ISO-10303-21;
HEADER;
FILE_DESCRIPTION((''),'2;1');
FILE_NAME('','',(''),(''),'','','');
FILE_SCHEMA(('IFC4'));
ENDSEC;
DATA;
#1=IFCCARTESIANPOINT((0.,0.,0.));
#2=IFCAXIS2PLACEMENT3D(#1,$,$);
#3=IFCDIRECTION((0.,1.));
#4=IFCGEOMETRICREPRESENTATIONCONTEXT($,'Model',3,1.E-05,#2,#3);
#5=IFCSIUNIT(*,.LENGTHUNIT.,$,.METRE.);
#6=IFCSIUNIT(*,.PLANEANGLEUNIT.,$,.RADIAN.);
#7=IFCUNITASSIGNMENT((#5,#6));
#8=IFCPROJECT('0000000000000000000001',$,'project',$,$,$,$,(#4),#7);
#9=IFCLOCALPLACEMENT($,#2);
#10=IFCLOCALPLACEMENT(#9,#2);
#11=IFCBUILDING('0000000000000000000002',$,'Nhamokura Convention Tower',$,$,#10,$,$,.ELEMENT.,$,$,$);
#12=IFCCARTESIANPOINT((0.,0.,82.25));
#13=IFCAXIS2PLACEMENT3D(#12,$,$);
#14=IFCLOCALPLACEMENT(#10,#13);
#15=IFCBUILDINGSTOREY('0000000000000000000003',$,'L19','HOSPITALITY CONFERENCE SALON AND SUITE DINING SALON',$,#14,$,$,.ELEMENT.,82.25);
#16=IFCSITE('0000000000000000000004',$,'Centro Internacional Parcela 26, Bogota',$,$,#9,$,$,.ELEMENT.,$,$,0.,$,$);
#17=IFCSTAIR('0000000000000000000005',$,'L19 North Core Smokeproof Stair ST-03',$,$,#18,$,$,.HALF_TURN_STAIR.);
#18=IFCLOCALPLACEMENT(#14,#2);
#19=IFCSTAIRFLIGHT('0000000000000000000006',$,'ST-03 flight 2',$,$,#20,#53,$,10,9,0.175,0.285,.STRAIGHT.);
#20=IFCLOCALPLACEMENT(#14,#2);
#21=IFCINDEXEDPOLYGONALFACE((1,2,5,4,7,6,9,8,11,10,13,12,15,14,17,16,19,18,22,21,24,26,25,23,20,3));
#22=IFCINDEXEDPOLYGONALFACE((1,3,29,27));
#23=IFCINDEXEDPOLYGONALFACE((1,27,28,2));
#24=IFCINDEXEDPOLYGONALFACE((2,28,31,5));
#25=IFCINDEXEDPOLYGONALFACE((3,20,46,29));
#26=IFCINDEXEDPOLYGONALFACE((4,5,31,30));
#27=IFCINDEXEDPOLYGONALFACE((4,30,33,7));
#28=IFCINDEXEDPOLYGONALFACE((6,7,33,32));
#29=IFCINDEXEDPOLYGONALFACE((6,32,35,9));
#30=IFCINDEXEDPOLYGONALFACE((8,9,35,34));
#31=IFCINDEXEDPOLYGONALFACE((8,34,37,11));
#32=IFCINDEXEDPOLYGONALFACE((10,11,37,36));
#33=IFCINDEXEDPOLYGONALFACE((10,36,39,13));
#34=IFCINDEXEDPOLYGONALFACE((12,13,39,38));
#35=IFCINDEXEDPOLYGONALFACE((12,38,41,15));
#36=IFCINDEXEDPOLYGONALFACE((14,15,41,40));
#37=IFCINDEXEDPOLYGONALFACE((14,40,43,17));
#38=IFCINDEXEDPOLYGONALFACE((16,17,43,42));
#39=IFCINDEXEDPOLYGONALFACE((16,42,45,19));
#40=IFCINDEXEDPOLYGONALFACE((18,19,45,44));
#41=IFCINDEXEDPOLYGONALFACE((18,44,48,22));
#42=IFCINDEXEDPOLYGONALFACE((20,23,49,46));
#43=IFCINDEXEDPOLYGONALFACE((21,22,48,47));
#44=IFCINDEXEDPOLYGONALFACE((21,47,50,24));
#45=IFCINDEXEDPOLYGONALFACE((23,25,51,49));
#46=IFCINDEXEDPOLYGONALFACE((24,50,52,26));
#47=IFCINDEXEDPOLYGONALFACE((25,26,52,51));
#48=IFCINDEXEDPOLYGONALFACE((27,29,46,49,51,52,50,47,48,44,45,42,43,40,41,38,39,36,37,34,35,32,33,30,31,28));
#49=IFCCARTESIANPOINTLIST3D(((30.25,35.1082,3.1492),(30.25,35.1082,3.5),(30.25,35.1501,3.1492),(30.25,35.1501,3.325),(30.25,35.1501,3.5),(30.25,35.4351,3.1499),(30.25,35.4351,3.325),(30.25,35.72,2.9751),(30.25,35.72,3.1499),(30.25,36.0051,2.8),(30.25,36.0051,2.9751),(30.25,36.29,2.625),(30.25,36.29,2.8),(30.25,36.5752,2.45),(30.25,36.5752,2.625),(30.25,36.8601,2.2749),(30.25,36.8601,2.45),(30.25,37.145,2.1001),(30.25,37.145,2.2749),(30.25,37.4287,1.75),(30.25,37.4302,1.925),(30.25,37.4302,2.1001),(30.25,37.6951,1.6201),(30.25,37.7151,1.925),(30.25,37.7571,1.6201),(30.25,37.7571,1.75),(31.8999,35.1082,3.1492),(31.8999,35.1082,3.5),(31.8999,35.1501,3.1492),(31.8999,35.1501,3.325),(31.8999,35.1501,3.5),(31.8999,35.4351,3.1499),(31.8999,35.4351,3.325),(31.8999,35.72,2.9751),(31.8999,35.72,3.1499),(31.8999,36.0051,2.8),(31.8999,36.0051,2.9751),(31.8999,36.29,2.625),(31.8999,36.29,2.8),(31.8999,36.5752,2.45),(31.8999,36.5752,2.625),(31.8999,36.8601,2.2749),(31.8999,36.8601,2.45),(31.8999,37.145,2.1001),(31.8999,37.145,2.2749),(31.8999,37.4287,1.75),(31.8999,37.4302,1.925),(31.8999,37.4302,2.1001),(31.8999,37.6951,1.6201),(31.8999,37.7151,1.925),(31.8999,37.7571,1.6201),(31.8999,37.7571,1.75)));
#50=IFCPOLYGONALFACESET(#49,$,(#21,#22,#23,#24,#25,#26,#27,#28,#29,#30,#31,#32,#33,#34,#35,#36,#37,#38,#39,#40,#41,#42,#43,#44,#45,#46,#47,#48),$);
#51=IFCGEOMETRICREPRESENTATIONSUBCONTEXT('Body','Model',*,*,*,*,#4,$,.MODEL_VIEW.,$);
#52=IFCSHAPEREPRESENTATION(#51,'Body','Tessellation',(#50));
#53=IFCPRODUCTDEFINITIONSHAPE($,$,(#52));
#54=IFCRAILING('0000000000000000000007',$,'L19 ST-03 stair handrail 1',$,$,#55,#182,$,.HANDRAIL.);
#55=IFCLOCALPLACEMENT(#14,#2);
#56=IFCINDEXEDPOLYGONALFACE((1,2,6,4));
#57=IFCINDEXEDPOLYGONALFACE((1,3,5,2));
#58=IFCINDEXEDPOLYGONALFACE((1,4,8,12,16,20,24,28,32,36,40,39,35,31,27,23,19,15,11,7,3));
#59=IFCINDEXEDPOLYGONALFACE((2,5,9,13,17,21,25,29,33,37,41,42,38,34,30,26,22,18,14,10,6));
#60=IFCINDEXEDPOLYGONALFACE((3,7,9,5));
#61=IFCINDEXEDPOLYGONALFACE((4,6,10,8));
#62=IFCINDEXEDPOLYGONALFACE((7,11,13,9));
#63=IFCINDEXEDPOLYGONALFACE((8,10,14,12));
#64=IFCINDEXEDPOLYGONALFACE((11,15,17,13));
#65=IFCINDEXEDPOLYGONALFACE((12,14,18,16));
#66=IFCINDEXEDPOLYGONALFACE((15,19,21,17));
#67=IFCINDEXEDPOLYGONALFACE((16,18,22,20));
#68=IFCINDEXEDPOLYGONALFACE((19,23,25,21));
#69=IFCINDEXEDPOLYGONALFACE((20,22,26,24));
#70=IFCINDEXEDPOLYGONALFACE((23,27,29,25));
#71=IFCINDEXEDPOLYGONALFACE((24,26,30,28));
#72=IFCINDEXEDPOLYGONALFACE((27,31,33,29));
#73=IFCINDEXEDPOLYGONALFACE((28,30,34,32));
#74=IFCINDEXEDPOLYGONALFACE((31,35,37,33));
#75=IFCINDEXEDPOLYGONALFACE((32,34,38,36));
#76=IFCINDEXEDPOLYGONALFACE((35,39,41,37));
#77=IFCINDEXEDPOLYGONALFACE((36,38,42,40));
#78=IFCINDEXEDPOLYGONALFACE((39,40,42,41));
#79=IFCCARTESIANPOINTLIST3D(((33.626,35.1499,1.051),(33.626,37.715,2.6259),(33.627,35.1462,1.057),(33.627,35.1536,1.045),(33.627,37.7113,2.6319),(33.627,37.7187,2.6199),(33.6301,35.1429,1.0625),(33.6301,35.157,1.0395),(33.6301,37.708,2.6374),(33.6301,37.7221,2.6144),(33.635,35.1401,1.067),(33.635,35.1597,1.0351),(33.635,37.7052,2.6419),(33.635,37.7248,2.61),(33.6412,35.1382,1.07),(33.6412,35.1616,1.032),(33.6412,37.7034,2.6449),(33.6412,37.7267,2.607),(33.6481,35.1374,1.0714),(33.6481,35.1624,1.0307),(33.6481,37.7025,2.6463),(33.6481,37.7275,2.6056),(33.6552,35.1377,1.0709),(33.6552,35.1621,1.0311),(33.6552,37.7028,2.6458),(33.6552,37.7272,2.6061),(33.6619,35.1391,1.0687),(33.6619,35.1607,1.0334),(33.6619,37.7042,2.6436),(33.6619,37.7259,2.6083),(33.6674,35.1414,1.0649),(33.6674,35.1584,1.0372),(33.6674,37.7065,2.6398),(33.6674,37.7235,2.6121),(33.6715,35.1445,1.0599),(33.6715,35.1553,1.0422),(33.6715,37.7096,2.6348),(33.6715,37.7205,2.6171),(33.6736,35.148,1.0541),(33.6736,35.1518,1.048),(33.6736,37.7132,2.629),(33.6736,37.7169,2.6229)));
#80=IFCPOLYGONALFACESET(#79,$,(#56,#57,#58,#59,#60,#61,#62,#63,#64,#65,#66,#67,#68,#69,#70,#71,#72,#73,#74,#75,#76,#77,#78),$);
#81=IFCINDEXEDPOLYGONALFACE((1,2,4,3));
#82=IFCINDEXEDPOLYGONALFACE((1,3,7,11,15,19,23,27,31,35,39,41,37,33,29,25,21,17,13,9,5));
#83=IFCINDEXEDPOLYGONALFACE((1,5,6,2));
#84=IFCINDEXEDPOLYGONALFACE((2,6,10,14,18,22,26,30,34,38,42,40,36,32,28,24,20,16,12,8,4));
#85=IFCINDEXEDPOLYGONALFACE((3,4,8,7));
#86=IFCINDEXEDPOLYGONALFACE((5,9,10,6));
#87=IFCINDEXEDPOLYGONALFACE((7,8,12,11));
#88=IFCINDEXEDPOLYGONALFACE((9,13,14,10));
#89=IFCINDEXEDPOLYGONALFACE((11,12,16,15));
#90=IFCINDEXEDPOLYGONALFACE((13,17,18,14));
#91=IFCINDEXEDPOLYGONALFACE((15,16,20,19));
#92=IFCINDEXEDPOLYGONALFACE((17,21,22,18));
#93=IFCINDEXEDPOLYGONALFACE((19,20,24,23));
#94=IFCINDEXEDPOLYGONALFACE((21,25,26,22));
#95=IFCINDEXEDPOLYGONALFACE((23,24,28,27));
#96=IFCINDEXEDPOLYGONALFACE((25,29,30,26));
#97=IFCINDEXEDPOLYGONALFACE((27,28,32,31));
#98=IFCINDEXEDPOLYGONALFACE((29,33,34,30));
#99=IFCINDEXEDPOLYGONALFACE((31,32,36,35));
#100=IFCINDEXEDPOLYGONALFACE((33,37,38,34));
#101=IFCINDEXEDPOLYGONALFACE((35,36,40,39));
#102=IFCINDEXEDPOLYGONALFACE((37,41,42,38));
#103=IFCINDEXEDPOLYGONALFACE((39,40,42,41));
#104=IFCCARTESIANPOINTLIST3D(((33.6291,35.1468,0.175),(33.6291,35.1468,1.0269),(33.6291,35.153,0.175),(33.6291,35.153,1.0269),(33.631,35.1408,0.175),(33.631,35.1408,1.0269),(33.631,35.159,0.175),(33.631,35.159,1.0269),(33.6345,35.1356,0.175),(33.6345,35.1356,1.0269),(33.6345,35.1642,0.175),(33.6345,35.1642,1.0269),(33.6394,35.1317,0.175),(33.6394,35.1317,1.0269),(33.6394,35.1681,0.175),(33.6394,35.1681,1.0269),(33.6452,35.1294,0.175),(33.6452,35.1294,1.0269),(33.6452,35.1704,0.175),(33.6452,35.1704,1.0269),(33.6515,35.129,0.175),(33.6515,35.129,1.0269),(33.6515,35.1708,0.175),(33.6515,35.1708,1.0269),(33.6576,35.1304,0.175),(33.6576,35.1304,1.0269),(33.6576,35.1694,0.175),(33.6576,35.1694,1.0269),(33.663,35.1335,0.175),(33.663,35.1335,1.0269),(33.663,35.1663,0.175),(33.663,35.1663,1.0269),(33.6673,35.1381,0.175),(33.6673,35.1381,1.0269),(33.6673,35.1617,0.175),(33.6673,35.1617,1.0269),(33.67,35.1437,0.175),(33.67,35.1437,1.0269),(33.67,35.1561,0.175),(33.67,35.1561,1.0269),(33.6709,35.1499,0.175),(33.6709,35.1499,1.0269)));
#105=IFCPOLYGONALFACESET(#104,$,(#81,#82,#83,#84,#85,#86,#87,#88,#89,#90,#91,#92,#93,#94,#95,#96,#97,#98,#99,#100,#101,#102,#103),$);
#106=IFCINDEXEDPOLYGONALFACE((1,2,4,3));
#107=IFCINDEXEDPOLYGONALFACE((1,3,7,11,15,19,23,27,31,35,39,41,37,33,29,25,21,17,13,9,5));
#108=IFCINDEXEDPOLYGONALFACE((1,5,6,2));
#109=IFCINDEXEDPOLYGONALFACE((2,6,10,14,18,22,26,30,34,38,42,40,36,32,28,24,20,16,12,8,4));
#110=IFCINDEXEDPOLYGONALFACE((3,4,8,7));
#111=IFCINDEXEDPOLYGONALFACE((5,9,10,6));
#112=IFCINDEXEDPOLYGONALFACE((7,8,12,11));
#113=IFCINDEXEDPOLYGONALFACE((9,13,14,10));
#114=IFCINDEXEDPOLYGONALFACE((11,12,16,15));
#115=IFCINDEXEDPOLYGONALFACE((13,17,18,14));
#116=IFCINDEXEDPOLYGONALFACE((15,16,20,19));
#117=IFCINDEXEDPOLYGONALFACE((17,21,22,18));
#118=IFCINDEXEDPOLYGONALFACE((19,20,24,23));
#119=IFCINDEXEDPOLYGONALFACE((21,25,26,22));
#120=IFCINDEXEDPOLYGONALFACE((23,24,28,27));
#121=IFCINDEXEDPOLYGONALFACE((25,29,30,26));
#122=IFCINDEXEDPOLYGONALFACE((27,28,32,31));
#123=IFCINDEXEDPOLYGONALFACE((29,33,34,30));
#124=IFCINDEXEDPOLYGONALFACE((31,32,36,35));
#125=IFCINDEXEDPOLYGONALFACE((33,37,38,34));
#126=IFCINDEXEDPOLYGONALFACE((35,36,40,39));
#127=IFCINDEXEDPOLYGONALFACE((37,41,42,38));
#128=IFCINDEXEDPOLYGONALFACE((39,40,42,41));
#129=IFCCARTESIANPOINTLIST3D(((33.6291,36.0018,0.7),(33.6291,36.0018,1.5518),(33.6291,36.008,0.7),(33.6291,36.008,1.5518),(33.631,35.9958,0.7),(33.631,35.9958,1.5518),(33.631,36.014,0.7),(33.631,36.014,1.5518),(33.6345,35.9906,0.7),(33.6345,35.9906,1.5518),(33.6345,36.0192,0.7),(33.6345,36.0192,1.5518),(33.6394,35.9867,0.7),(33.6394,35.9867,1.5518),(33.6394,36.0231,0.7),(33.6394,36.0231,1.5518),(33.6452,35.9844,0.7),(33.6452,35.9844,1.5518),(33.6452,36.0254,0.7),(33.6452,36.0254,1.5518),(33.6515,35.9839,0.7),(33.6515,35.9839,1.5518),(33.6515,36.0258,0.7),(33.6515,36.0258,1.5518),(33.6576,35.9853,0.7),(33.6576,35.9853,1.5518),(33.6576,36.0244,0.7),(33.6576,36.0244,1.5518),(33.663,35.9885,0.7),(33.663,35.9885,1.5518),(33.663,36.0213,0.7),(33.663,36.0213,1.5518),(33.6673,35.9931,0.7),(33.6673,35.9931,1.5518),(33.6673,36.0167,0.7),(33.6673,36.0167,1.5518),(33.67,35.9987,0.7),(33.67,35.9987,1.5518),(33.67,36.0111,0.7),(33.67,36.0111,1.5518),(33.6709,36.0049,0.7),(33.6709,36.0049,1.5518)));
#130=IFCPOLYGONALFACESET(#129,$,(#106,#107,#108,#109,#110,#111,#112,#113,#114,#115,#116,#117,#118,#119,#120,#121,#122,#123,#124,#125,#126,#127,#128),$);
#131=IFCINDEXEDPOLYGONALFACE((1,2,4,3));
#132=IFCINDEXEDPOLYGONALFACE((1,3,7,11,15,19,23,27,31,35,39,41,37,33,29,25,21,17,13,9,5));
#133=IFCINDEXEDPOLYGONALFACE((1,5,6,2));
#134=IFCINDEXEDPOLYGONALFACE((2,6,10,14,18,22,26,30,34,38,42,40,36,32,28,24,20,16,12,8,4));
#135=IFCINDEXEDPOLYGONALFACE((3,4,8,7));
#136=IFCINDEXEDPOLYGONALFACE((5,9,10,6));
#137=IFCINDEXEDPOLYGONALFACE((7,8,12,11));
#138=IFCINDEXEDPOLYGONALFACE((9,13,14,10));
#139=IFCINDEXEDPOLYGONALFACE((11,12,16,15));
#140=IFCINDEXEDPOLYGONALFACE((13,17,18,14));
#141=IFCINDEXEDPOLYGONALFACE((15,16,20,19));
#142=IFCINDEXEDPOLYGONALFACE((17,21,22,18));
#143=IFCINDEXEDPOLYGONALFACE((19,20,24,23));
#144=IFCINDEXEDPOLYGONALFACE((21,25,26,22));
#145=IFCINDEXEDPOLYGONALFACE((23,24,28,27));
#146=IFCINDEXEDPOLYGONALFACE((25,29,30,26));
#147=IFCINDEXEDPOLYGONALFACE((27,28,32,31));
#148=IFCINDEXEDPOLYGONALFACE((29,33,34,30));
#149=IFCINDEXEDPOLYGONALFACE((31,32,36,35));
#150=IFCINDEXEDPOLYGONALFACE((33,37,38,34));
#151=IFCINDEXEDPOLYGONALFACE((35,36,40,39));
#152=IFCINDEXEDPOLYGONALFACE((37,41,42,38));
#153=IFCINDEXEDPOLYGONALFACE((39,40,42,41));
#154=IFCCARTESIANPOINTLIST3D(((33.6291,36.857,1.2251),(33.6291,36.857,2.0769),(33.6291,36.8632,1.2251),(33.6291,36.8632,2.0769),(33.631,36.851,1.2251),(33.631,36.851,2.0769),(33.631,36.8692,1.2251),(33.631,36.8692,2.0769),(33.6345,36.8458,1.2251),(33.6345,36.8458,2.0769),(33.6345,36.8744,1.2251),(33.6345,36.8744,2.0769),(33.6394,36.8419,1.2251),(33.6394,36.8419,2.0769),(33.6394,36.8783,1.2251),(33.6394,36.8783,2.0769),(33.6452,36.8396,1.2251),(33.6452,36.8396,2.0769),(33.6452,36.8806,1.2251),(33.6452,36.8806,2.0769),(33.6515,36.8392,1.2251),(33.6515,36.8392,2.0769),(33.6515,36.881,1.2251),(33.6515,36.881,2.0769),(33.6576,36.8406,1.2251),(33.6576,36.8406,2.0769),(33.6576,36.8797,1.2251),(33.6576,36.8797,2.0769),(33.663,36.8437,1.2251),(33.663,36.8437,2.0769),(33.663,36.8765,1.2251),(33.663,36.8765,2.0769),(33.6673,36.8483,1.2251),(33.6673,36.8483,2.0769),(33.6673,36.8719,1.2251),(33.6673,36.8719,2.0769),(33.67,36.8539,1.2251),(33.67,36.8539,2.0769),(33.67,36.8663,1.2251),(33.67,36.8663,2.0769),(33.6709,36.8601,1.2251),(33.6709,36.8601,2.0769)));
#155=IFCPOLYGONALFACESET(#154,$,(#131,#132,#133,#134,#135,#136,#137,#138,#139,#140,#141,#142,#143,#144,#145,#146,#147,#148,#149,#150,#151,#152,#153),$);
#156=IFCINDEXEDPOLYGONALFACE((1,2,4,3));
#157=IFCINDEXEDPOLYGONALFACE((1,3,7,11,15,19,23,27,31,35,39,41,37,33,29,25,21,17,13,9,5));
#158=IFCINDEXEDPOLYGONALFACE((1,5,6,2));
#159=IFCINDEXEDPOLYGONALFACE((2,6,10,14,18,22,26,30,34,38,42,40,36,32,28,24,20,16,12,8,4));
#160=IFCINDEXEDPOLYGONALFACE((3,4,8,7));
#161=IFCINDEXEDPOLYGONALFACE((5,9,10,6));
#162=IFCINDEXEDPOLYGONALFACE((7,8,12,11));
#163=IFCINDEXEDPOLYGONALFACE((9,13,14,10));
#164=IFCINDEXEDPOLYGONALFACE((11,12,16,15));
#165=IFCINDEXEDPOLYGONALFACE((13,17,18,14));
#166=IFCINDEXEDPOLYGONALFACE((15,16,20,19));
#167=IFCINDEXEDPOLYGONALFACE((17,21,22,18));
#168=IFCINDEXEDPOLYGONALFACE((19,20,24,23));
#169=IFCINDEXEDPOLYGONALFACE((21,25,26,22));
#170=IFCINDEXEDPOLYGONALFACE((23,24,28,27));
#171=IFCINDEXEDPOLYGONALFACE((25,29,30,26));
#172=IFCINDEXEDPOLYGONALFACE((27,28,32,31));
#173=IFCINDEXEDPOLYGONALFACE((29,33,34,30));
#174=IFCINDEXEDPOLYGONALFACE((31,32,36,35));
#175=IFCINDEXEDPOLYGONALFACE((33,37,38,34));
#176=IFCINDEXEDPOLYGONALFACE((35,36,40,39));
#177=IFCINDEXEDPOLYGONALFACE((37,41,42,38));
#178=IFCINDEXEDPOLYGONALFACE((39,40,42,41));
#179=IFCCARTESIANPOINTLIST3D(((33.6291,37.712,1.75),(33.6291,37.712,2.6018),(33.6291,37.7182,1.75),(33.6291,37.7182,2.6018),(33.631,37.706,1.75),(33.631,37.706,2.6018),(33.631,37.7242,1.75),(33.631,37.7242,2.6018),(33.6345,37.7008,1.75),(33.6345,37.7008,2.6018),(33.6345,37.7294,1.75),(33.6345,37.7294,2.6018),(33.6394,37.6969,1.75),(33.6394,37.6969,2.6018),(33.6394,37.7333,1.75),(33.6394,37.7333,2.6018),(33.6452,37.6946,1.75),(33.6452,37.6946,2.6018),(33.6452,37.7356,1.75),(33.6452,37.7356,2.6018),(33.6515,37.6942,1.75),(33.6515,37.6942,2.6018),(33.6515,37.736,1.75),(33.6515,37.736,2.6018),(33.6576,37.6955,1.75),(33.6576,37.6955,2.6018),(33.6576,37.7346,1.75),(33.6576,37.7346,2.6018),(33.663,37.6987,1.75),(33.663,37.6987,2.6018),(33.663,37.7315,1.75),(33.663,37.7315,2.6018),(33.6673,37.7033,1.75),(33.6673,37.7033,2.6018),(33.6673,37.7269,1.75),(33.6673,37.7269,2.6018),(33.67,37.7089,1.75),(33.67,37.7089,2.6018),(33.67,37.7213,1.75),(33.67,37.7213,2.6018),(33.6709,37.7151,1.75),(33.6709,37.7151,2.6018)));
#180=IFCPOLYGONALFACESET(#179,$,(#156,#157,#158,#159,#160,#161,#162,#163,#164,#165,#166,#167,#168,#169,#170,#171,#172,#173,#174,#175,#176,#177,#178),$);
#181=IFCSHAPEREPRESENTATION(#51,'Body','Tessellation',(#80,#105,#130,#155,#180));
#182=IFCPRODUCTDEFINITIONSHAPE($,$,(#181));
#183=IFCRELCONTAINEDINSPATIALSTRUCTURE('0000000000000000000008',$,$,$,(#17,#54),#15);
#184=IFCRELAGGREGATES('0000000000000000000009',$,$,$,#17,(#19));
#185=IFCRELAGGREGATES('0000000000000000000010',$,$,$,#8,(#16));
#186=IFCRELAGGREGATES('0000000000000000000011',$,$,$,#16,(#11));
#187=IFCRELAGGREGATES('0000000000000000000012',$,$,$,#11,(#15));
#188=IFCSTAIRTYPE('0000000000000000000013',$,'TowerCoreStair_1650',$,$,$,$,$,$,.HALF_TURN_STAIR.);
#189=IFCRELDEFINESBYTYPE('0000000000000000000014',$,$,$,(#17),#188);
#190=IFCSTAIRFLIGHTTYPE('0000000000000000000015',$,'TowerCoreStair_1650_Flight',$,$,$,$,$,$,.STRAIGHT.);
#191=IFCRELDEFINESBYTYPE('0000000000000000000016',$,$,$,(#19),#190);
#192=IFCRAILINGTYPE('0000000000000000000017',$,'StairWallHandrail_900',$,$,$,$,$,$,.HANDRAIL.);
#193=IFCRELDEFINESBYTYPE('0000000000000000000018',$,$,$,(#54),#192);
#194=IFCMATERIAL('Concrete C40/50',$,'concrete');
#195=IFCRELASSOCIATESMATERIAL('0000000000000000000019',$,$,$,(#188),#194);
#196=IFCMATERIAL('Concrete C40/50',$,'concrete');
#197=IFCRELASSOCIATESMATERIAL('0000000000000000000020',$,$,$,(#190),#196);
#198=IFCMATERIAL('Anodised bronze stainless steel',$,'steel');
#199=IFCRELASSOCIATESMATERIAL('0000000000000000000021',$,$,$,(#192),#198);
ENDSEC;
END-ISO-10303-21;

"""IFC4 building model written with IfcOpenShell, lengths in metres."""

from ifc_helpers import new_model, si_unit, direction, frame, origin, origin_2d, place, context, subcontext, project, spatial, polyline, circle, outline, extrude, material, type_object, element, aggregate, save


model = new_model("IFC4")

# Units and contexts
model_context = context("Model", 3, precision=1e-05, world=origin(), true_north=direction((0.0, 1.0)))
body_context = subcontext(model_context, "Body", "Model", "MODEL_VIEW")
ifc_project = project(units=[si_unit("LENGTHUNIT", "METRE"), si_unit("PLANEANGLEUNIT", "RADIAN")], contexts=[model_context])

# Site, building, storey
site_placement = place(None, origin())
site = spatial("IfcSite", under=ifc_project, at=site_placement, Name="Centro Internacional Parcela 26, Bogota", CompositionType="ELEMENT", RefElevation=0.0)
building_placement = place(site_placement, origin())
building = spatial("IfcBuilding", under=site, at=building_placement, Name="Nhamokura Convention Tower", CompositionType="ELEMENT")
storey_placement = place(building_placement, frame((0.0, 0.0, 82.25)))
storey = spatial("IfcBuildingStorey", under=building, at=storey_placement, Name="L19", Description="HOSPITALITY CONFERENCE SALON AND SUITE DINING SALON", CompositionType="ELEMENT", Elevation=82.25)

# Stair, stair flight
ifc_material_1 = material(Name="Concrete C40/50", Category="concrete")
stair_type = type_object("IfcStairType", Name="TowerCoreStair_1650", PredefinedType="HALF_TURN_STAIR", material=ifc_material_1)
stair_placement = place(storey_placement, origin())
stair = element("IfcStair", 1, at=stair_placement, inside=storey, type_object=stair_type, Name="L19 North Core Smokeproof Stair ST-03", PredefinedType="HALF_TURN_STAIR")
ifc_material_2 = material(Name="Concrete C40/50", Category="concrete")
stair_flight_type = type_object("IfcStairFlightType", Name="TowerCoreStair_1650_Flight", PredefinedType="STRAIGHT", material=ifc_material_2)
stair_flight_1_placement = place(storey_placement, frame((31.075, 37.7151, 1.75), z_axis=(0.0, 0.0, 1.0), x_axis=(0.0, -1.0, 0.0)))
stair_flight_1 = element("IfcStairFlight", 2, at=stair_flight_1_placement, type_object=stair_flight_type, Name="ST-03 flight 2", NumberOfRisers=10, NumberOfTreads=9, PredefinedType="STRAIGHT", RiserHeight=0.175, TreadLength=0.285, context=body_context, shape_type="SweptSolid", body=[
    extrude(outline(polyline([(-0.042, 0.0), (0.0, 0.175), (0.2849, 0.175), (0.2849, 0.3501), (0.5701, 0.3501), (0.5701, 0.5249), (0.855, 0.5249), (0.855, 0.7), (1.1399, 0.7), (1.1399, 0.875), (1.425, 0.875), (1.425, 1.05), (1.71, 1.05), (1.71, 1.2251), (1.9951, 1.2251), (1.9951, 1.3999), (2.28, 1.3999), (2.28, 1.575), (2.5649, 1.575), (2.5649, 1.75), (2.6069, 1.75), (2.6069, 1.3992), (2.5649, 1.3992), (0.2864, 0.0), (0.02, -0.1299), (-0.042, -0.1299), (-0.042, 0.0)])), frame((0.0, 0.825, 0.0), z_axis=(0.0, -1.0, 0.0), x_axis=(1.0, 0.0, 0.0)), (0.0, 0.0, 1.0), 1.6499),
])
aggregate(stair, [stair_flight_1])

# Railing
ifc_material_3 = material(Name="Anodised bronze stainless steel", Category="steel")
railing_type_1 = type_object("IfcRailingType", Name="StairWallHandrail_900", PredefinedType="HANDRAIL", material=ifc_material_3)
railing_1_placement = place(storey_placement, frame((33.6499, 35.1499, 0.175)))
element("IfcRailing", 3, at=railing_1_placement, inside=storey, type_object=railing_type_1, Name="L19 ST-03 stair handrail 1", PredefinedType="HANDRAIL", context=body_context, shape_type="SweptSolid", body=[
    extrude(circle(Radius=0.0239, at=origin_2d()), frame((0.0, 0.0, 0.876), z_axis=(0.0, 0.852195, 0.523224), x_axis=(-1.0, 0.0, 0.0)), (0.0, 0.0, 1.0), 3.01),
    extrude(circle(Radius=0.021, at=origin_2d()), origin(), (0.0, 0.0, 1.0), 0.8518),
    extrude(circle(Radius=0.021, at=origin_2d()), frame((0.0, 0.855, 0.5249)), (0.0, 0.0, 1.0), 0.8518),
    extrude(circle(Radius=0.021, at=origin_2d()), frame((0.0, 1.7102, 1.05)), (0.0, 0.0, 1.0), 0.8518),
    extrude(circle(Radius=0.021, at=origin_2d()), frame((0.0, 2.5652, 1.575)), (0.0, 0.0, 1.0), 0.8518),
])

save(model, "model.ifc")
